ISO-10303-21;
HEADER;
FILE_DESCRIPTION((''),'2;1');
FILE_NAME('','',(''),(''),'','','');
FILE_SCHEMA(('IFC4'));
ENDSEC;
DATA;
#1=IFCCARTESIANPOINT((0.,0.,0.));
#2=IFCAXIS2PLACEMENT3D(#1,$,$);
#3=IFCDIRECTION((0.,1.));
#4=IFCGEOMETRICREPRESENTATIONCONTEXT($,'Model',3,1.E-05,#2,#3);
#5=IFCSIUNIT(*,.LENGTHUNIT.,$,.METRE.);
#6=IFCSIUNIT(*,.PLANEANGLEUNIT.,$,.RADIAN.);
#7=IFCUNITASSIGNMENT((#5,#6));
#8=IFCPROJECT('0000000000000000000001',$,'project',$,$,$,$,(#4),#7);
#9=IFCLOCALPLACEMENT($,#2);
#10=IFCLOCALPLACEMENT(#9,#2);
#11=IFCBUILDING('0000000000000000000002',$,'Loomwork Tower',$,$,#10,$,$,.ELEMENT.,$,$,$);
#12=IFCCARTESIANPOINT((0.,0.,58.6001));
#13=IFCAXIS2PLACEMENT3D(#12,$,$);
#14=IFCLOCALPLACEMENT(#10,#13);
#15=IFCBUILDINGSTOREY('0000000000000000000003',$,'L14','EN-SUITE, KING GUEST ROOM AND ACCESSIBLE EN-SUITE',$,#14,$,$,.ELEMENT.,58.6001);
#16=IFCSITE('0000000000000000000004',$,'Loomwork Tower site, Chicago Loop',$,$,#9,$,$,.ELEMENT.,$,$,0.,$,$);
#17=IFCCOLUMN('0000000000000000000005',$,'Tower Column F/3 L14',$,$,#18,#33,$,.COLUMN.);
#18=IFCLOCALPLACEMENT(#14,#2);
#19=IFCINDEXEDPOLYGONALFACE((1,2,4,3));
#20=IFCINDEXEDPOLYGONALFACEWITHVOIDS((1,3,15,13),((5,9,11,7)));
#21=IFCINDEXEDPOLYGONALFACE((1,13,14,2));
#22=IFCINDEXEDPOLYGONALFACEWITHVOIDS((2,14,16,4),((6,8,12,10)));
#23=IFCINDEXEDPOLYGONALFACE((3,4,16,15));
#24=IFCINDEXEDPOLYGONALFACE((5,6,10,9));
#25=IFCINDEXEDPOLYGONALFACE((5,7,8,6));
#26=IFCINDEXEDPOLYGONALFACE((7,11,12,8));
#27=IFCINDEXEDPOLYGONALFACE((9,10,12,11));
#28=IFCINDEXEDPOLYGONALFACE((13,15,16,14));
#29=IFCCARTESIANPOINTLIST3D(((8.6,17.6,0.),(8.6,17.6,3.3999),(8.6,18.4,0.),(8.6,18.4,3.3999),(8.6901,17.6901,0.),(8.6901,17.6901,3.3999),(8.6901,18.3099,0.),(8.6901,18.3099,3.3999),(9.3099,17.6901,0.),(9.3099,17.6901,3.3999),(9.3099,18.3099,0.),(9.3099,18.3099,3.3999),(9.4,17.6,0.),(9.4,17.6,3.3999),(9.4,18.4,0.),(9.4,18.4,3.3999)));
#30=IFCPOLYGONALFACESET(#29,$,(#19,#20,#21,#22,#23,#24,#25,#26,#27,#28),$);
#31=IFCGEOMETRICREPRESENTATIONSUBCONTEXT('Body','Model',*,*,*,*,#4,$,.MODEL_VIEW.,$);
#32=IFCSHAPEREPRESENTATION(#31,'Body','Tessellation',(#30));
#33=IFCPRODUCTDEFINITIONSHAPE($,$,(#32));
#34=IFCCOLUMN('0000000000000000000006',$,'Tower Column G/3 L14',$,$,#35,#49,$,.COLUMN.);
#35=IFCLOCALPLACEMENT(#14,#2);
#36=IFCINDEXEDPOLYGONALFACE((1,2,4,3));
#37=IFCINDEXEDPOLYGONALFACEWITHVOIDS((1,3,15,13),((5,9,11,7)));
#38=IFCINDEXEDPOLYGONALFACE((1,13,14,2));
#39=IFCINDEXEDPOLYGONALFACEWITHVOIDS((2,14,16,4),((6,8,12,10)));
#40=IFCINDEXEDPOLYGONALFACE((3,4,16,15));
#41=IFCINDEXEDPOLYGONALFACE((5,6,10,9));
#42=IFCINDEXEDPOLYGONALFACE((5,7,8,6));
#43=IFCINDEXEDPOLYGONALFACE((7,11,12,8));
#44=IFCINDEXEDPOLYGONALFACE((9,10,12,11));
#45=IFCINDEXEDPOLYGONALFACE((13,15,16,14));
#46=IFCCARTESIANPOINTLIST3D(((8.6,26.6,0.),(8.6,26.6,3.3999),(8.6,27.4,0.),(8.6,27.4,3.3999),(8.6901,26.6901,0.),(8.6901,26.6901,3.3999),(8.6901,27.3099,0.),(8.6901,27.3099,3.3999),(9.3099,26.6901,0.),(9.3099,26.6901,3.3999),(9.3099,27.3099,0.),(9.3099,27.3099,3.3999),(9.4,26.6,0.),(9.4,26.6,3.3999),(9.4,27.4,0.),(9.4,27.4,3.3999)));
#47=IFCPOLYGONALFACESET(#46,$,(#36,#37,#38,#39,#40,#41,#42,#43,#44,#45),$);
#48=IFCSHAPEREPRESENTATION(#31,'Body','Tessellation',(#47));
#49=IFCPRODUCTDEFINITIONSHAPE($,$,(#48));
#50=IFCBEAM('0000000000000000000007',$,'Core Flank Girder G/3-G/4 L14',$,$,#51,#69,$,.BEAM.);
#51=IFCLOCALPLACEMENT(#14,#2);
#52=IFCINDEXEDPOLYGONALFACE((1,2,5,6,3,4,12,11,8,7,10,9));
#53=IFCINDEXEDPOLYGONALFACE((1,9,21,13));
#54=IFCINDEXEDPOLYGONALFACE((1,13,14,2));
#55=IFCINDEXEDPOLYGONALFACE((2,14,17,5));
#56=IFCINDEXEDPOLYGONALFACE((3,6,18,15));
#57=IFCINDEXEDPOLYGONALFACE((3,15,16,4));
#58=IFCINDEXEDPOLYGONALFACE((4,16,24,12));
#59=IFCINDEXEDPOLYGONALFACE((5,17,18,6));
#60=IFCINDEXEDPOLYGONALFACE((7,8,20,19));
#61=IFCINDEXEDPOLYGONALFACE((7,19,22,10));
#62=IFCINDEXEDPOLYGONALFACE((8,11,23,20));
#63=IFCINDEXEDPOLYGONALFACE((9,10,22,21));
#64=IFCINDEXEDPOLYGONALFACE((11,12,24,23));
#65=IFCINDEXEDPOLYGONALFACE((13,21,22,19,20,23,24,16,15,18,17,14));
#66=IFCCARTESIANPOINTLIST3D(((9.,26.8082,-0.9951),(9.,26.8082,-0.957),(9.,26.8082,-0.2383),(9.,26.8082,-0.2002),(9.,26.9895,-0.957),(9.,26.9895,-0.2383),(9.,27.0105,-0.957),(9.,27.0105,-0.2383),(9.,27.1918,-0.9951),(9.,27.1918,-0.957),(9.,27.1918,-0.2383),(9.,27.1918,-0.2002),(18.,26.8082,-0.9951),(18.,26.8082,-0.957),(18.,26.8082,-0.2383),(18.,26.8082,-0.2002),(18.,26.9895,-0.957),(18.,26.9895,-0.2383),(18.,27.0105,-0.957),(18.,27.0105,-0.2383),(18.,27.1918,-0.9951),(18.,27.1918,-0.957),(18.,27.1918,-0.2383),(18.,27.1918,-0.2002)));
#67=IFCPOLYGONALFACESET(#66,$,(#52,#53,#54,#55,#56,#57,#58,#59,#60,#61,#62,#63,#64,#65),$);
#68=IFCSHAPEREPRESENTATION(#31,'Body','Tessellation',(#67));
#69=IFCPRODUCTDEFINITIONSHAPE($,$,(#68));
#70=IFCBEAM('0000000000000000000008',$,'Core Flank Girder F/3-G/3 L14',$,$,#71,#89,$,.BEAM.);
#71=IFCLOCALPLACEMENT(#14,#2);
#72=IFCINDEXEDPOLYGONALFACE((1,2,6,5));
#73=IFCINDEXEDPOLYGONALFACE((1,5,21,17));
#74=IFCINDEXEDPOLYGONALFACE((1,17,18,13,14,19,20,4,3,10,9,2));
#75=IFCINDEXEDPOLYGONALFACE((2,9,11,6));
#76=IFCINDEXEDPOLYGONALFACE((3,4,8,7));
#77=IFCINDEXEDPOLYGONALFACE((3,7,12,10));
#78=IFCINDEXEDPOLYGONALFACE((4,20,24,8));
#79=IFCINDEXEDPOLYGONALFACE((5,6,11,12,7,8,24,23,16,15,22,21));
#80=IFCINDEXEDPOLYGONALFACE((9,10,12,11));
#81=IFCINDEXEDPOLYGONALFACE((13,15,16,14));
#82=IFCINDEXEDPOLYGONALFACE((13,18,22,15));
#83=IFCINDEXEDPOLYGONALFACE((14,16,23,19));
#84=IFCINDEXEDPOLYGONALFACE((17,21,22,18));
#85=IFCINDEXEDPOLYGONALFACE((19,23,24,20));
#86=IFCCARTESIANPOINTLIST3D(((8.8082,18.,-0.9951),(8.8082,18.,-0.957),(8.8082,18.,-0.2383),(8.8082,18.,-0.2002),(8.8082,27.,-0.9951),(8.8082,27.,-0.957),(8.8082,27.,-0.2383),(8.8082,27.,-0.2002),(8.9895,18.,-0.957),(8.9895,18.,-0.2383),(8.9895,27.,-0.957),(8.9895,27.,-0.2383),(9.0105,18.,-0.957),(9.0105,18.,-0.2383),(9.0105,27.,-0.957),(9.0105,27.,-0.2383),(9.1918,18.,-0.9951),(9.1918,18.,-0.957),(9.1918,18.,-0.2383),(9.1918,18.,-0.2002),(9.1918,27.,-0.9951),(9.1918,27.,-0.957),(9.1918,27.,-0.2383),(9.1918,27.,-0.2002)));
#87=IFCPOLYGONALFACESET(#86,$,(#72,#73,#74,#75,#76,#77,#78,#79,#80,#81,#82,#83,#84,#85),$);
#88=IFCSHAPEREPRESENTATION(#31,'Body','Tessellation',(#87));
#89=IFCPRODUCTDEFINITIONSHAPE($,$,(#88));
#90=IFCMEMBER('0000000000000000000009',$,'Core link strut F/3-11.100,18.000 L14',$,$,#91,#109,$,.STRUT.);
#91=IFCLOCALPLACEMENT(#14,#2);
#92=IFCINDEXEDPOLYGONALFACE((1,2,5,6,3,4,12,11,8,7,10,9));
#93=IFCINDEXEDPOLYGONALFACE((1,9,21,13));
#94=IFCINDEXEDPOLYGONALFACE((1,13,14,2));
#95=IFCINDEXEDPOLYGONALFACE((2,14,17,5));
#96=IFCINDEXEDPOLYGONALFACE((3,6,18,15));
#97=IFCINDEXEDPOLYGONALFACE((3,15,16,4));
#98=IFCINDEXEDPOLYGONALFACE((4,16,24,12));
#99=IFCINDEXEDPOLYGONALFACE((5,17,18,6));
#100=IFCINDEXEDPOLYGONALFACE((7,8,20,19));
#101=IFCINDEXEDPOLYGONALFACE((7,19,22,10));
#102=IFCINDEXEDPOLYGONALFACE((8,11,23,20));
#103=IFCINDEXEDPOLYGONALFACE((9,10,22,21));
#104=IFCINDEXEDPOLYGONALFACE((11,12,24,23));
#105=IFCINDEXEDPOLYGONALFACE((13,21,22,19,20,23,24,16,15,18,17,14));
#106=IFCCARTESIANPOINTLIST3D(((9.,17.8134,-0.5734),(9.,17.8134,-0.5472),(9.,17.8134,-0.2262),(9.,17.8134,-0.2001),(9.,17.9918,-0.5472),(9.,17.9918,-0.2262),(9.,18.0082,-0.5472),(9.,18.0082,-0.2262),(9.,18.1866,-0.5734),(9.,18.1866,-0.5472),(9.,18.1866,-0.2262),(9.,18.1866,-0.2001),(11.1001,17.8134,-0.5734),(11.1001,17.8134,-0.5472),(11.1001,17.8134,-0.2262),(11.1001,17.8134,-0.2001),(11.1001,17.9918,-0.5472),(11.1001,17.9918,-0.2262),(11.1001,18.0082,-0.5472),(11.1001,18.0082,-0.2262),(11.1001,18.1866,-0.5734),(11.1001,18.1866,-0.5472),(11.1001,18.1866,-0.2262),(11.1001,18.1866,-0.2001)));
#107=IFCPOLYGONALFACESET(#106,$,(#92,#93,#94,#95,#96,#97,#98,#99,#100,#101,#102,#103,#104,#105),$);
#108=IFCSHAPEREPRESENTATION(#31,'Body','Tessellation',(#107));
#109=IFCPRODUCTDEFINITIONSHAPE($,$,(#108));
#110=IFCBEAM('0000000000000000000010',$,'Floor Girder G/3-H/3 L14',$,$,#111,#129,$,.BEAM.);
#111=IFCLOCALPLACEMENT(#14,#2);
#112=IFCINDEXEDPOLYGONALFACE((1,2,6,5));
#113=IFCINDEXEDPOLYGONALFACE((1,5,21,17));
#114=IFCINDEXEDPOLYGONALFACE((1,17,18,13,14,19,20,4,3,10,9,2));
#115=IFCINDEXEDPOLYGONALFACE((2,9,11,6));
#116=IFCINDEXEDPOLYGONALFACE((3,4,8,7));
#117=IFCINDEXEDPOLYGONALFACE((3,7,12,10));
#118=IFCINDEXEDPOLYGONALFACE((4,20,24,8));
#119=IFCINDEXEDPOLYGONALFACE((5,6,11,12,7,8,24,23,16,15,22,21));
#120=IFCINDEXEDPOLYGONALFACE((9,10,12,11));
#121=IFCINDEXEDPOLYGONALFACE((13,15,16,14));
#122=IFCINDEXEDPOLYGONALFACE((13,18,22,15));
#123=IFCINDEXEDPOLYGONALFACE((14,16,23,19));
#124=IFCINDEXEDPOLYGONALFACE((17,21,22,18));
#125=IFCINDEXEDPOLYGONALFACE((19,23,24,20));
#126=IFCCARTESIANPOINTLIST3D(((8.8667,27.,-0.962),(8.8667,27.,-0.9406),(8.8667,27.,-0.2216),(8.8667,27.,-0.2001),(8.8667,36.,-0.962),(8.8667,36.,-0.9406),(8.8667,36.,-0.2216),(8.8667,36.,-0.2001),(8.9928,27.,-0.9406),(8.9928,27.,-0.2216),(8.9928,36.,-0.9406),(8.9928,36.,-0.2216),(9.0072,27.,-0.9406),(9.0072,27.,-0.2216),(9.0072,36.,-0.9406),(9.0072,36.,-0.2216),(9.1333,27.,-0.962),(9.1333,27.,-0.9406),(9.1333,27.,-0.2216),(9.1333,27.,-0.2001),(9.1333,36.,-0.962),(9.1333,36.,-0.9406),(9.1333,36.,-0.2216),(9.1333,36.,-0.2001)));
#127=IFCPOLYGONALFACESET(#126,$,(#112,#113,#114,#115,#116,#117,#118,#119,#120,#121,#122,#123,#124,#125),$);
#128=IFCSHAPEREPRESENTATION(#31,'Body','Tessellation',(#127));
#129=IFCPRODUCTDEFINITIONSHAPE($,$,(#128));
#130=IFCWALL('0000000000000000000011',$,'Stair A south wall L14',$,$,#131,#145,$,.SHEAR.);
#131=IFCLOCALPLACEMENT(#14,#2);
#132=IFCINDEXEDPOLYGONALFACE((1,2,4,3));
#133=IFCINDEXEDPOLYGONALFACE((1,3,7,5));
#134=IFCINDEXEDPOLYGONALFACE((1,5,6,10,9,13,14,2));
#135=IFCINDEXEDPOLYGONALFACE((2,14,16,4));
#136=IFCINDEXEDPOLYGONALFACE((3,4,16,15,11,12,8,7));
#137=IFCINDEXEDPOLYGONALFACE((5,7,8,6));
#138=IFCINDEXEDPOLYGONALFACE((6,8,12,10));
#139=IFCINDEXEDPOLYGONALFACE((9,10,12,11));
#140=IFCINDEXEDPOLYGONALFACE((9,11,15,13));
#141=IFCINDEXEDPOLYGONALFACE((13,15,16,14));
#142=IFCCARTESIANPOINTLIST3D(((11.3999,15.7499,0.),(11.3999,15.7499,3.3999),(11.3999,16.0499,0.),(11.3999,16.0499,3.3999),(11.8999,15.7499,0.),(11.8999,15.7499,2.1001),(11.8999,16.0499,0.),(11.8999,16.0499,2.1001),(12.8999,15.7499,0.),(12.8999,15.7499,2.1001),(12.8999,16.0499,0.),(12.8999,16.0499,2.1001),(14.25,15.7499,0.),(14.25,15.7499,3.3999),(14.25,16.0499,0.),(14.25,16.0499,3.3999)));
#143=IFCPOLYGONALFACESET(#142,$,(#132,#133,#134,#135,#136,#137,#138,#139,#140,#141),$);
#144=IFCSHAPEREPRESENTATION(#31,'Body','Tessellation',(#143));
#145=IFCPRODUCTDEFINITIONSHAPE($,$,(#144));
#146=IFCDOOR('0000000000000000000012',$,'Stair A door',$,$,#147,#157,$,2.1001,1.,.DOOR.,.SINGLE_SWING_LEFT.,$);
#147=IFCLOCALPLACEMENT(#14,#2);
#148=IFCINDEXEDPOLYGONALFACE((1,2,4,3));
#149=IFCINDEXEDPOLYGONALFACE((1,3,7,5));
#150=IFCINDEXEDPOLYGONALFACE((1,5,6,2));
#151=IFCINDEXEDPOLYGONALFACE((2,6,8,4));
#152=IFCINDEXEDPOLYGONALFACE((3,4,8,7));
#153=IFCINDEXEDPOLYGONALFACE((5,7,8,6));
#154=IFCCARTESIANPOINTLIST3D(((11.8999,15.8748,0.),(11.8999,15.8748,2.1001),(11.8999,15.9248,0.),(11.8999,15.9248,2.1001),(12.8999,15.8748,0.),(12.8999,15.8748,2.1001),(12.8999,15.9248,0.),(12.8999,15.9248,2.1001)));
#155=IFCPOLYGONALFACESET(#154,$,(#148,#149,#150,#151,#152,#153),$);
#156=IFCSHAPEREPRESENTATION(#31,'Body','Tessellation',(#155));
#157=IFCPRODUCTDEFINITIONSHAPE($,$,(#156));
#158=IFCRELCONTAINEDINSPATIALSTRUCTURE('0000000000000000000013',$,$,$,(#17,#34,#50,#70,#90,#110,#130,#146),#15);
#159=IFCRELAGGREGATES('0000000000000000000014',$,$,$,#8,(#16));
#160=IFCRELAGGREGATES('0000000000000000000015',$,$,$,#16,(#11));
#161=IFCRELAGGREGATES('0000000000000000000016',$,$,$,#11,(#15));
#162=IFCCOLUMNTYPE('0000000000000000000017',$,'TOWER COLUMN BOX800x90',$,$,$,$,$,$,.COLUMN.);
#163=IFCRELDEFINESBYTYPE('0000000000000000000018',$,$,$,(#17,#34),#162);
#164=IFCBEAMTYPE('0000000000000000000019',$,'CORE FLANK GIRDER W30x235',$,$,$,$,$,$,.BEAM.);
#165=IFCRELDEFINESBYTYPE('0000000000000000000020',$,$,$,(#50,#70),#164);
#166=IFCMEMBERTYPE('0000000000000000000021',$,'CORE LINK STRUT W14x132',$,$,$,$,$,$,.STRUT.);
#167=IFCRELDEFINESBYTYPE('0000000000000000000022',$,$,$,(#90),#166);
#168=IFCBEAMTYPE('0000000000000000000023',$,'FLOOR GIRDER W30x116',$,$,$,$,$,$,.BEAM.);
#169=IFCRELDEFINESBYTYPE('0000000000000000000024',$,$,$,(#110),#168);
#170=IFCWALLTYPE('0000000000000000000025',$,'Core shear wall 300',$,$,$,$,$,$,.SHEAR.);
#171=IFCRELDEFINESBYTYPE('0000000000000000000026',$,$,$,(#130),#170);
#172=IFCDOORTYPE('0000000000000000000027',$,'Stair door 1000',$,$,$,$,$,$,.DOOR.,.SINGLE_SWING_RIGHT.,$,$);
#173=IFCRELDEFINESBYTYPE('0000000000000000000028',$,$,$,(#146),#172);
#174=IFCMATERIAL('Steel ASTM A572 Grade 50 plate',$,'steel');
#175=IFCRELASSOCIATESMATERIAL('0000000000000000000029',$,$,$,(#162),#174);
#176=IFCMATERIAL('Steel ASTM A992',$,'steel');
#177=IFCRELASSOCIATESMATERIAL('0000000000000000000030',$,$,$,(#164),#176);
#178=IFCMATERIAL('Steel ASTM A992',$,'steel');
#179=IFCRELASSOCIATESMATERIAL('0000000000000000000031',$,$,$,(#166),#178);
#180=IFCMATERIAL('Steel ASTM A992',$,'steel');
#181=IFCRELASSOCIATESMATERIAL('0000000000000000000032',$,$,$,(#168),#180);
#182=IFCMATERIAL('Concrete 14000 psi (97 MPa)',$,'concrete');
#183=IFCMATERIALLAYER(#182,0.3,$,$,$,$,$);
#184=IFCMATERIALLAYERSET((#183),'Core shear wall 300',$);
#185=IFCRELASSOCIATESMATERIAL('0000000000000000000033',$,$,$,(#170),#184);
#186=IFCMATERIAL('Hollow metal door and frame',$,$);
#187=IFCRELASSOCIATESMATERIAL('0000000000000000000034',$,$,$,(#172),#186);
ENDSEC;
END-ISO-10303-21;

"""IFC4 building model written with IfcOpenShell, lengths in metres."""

from ifc_helpers import new_model, si_unit, direction, frame, frame_2d, origin, origin_2d, place, context, subcontext, project, spatial, rectangle, hollow_rectangle, i_section, extrude, material, layer, layer_set, material_profile, profile_set, type_object, element, fill, save


model = new_model("IFC4")

# Units and contexts
model_context = context("Model", 3, precision=1e-05, world=origin(), true_north=direction((0.0, 1.0)))
body_context = subcontext(model_context, "Body", "Model", "MODEL_VIEW")
ifc_project = project(units=[si_unit("LENGTHUNIT", "METRE"), si_unit("PLANEANGLEUNIT", "RADIAN")], contexts=[model_context])

# Site, building, storey
site_placement = place(None, origin())
site = spatial("IfcSite", under=ifc_project, at=site_placement, Name="Loomwork Tower site, Chicago Loop", CompositionType="ELEMENT", RefElevation=0.0)
building_placement = place(site_placement, origin())
building = spatial("IfcBuilding", under=site, at=building_placement, Name="Loomwork Tower", CompositionType="ELEMENT")
storey_placement = place(building_placement, frame((0.0, 0.0, 58.6001)))
storey = spatial("IfcBuildingStorey", under=building, at=storey_placement, Name="L14", Description="EN-SUITE, KING GUEST ROOM AND ACCESSIBLE EN-SUITE", CompositionType="ELEMENT", Elevation=58.6001)

# Columns
ifc_material_1 = material(Name="Steel ASTM A572 Grade 50 plate", Category="steel")
ifc_material_profile_1 = material_profile(ifc_material_1, hollow_rectangle(XDim=0.8, YDim=0.8, WallThickness=0.0901, at=origin_2d()), Name="BOX800x90")
ifc_profile_set_1 = profile_set([ifc_material_profile_1], Name="Steel ASTM A572 Grade 50 plate")
column_type = type_object("IfcColumnType", Name="TOWER COLUMN BOX800x90", PredefinedType="COLUMN", material=ifc_profile_set_1)
for number, where, z_axis, x_axis, name in (
    (1, (9.0, 18.0, 0.0), (0.0, 0.0, 1.0), (1.0, 0.0, 0.0), "Tower Column F/3 L14"),
    (2, (9.0, 27.0, 0.0), (0.0, 0.0, 1.0), (1.0, 0.0, 0.0), "Tower Column G/3 L14"),
):
    element("IfcColumn", number, at=place(storey_placement, frame(where, z_axis=z_axis, x_axis=x_axis)), inside=storey, type_object=column_type, Name=name, PredefinedType="COLUMN", context=body_context, shape_type="SweptSolid", body=[
        extrude(hollow_rectangle(XDim=0.8, YDim=0.8, WallThickness=0.0901, at=origin_2d()), origin(), (0.0, 0.0, 1.0), 3.3999),
    ])

# Beams
ifc_material_2 = material(Name="Steel ASTM A992", Category="steel")
ifc_material_profile_2 = material_profile(ifc_material_2, i_section(OverallWidth=0.3835, OverallDepth=0.7949, WebThickness=0.021, FlangeThickness=0.0381, at=origin_2d()), Name="W30x235")
ifc_profile_set_2 = profile_set([ifc_material_profile_2], Name="Steel ASTM A992")
beam_type_1 = type_object("IfcBeamType", Name="CORE FLANK GIRDER W30x235", PredefinedType="BEAM", material=ifc_profile_set_2)
for number, where, z_axis, x_axis, name in (
    (3, (9.0, 27.0, -0.5977), (1.0, 0.0, 0.0), (0.0, 1.0, 0.0), "Core Flank Girder G/3-G/4 L14"),
    (4, (9.0, 18.0, -0.5977), (0.0, 1.0, 0.0), (-1.0, 0.0, 0.0), "Core Flank Girder F/3-G/3 L14"),
):
    element("IfcBeam", number, at=place(storey_placement, frame(where, z_axis=z_axis, x_axis=x_axis)), inside=storey, type_object=beam_type_1, Name=name, PredefinedType="BEAM", context=body_context, shape_type="SweptSolid", body=[
        extrude(i_section(OverallWidth=0.3835, OverallDepth=0.7949, WebThickness=0.021, FlangeThickness=0.0381, at=origin_2d()), origin(), (0.0, 0.0, 1.0), 9.0),
    ])

# Member
ifc_material_3 = material(Name="Steel ASTM A992", Category="steel")
ifc_material_profile_3 = material_profile(ifc_material_3, i_section(OverallWidth=0.3733, OverallDepth=0.3733, WebThickness=0.0164, FlangeThickness=0.0261, at=origin_2d()), Name="W14x132")
ifc_profile_set_3 = profile_set([ifc_material_profile_3], Name="Steel ASTM A992")
member_type = type_object("IfcMemberType", Name="CORE LINK STRUT W14x132", PredefinedType="STRUT", material=ifc_profile_set_3)
member_placement = place(storey_placement, frame((9.0, 18.0, -0.3867), z_axis=(1.0, 0.0, 0.0), x_axis=(0.0, 1.0, 0.0)))
element("IfcMember", 5, at=member_placement, inside=storey, type_object=member_type, Name="Core link strut F/3-11.100,18.000 L14", PredefinedType="STRUT", context=body_context, shape_type="SweptSolid", body=[
    extrude(i_section(OverallWidth=0.3733, OverallDepth=0.3733, WebThickness=0.0164, FlangeThickness=0.0261, at=origin_2d()), origin(), (0.0, 0.0, 1.0), 2.1001),
])

# Beam
ifc_material_4 = material(Name="Steel ASTM A992", Category="steel")
ifc_material_profile_4 = material_profile(ifc_material_4, i_section(OverallWidth=0.2666, OverallDepth=0.762, WebThickness=0.0144, FlangeThickness=0.0215, at=origin_2d()), Name="W30x116")
ifc_profile_set_4 = profile_set([ifc_material_profile_4], Name="Steel ASTM A992")
beam_type_2 = type_object("IfcBeamType", Name="FLOOR GIRDER W30x116", PredefinedType="BEAM", material=ifc_profile_set_4)
beam_placement = place(storey_placement, frame((9.0, 27.0, -0.5811), z_axis=(0.0, 1.0, 0.0), x_axis=(-1.0, 0.0, 0.0)))
element("IfcBeam", 6, at=beam_placement, inside=storey, type_object=beam_type_2, Name="Floor Girder G/3-H/3 L14", PredefinedType="BEAM", context=body_context, shape_type="SweptSolid", body=[
    extrude(i_section(OverallWidth=0.2666, OverallDepth=0.762, WebThickness=0.0144, FlangeThickness=0.0215, at=origin_2d()), origin(), (0.0, 0.0, 1.0), 9.0),
])

# Wall, opening, door
ifc_material_5 = material(Name="Concrete 14000 psi (97 MPa)", Category="concrete")
ifc_layer_1 = layer(ifc_material_5, 0.3)
ifc_layer_set_1 = layer_set([ifc_layer_1], Name="Core shear wall 300")
wall_type_1 = type_object("IfcWallType", Name="Core shear wall 300", PredefinedType="SHEAR", material=ifc_layer_set_1)
wall_1_placement = place(storey_placement, frame((11.3999, 15.8999, 0.0), z_axis=(0.0, 0.0, 1.0), x_axis=(1.0, 0.0, 0.0)))
wall_1 = element("IfcWall", 7, at=wall_1_placement, inside=storey, type_object=wall_type_1, Name="Stair A south wall L14", PredefinedType="SHEAR", context=body_context, shape_type="SweptSolid", body=[
    extrude(rectangle(XDim=2.8501, YDim=0.3, at=frame_2d((1.425, 0.0))), origin(), (0.0, 0.0, 1.0), 3.3999),
])
opening_1_placement = place(wall_1_placement, frame((0.5, 0.0, 0.0)))
opening_1 = element("IfcOpeningElement", 8, at=opening_1_placement, cuts=wall_1, PredefinedType="OPENING", context=body_context, shape_type="SweptSolid", body=[
    extrude(rectangle(XDim=1.0, YDim=2.1001, at=frame_2d((0.5, 1.05))), frame((0.0, 0.1599, 0.0), z_axis=(0.0, -1.0, 0.0), x_axis=(1.0, 0.0, 0.0)), (0.0, 0.0, 1.0), 0.3201),
])
ifc_material_6 = material(Name="Hollow metal door and frame")
door_type_1 = type_object("IfcDoorType", Name="Stair door 1000", OperationType="SINGLE_SWING_RIGHT", PredefinedType="DOOR", material=ifc_material_6)
door_1_placement = place(opening_1_placement, origin())
door_1 = element("IfcDoor", 9, at=door_1_placement, inside=storey, type_object=door_type_1, Name="Stair A door", OperationType="SINGLE_SWING_LEFT", OverallHeight=2.1001, OverallWidth=1.0, PredefinedType="DOOR", context=body_context, shape_type="SweptSolid", body=[
    extrude(rectangle(XDim=1.0, YDim=2.1001, at=frame_2d((0.5, 1.05))), frame((0.0, 0.0249, 0.0), z_axis=(0.0, -1.0, 0.0), x_axis=(1.0, 0.0, 0.0)), (0.0, 0.0, 1.0), 0.05),
])
fill(opening_1, door_1)

save(model, "model.ifc")
